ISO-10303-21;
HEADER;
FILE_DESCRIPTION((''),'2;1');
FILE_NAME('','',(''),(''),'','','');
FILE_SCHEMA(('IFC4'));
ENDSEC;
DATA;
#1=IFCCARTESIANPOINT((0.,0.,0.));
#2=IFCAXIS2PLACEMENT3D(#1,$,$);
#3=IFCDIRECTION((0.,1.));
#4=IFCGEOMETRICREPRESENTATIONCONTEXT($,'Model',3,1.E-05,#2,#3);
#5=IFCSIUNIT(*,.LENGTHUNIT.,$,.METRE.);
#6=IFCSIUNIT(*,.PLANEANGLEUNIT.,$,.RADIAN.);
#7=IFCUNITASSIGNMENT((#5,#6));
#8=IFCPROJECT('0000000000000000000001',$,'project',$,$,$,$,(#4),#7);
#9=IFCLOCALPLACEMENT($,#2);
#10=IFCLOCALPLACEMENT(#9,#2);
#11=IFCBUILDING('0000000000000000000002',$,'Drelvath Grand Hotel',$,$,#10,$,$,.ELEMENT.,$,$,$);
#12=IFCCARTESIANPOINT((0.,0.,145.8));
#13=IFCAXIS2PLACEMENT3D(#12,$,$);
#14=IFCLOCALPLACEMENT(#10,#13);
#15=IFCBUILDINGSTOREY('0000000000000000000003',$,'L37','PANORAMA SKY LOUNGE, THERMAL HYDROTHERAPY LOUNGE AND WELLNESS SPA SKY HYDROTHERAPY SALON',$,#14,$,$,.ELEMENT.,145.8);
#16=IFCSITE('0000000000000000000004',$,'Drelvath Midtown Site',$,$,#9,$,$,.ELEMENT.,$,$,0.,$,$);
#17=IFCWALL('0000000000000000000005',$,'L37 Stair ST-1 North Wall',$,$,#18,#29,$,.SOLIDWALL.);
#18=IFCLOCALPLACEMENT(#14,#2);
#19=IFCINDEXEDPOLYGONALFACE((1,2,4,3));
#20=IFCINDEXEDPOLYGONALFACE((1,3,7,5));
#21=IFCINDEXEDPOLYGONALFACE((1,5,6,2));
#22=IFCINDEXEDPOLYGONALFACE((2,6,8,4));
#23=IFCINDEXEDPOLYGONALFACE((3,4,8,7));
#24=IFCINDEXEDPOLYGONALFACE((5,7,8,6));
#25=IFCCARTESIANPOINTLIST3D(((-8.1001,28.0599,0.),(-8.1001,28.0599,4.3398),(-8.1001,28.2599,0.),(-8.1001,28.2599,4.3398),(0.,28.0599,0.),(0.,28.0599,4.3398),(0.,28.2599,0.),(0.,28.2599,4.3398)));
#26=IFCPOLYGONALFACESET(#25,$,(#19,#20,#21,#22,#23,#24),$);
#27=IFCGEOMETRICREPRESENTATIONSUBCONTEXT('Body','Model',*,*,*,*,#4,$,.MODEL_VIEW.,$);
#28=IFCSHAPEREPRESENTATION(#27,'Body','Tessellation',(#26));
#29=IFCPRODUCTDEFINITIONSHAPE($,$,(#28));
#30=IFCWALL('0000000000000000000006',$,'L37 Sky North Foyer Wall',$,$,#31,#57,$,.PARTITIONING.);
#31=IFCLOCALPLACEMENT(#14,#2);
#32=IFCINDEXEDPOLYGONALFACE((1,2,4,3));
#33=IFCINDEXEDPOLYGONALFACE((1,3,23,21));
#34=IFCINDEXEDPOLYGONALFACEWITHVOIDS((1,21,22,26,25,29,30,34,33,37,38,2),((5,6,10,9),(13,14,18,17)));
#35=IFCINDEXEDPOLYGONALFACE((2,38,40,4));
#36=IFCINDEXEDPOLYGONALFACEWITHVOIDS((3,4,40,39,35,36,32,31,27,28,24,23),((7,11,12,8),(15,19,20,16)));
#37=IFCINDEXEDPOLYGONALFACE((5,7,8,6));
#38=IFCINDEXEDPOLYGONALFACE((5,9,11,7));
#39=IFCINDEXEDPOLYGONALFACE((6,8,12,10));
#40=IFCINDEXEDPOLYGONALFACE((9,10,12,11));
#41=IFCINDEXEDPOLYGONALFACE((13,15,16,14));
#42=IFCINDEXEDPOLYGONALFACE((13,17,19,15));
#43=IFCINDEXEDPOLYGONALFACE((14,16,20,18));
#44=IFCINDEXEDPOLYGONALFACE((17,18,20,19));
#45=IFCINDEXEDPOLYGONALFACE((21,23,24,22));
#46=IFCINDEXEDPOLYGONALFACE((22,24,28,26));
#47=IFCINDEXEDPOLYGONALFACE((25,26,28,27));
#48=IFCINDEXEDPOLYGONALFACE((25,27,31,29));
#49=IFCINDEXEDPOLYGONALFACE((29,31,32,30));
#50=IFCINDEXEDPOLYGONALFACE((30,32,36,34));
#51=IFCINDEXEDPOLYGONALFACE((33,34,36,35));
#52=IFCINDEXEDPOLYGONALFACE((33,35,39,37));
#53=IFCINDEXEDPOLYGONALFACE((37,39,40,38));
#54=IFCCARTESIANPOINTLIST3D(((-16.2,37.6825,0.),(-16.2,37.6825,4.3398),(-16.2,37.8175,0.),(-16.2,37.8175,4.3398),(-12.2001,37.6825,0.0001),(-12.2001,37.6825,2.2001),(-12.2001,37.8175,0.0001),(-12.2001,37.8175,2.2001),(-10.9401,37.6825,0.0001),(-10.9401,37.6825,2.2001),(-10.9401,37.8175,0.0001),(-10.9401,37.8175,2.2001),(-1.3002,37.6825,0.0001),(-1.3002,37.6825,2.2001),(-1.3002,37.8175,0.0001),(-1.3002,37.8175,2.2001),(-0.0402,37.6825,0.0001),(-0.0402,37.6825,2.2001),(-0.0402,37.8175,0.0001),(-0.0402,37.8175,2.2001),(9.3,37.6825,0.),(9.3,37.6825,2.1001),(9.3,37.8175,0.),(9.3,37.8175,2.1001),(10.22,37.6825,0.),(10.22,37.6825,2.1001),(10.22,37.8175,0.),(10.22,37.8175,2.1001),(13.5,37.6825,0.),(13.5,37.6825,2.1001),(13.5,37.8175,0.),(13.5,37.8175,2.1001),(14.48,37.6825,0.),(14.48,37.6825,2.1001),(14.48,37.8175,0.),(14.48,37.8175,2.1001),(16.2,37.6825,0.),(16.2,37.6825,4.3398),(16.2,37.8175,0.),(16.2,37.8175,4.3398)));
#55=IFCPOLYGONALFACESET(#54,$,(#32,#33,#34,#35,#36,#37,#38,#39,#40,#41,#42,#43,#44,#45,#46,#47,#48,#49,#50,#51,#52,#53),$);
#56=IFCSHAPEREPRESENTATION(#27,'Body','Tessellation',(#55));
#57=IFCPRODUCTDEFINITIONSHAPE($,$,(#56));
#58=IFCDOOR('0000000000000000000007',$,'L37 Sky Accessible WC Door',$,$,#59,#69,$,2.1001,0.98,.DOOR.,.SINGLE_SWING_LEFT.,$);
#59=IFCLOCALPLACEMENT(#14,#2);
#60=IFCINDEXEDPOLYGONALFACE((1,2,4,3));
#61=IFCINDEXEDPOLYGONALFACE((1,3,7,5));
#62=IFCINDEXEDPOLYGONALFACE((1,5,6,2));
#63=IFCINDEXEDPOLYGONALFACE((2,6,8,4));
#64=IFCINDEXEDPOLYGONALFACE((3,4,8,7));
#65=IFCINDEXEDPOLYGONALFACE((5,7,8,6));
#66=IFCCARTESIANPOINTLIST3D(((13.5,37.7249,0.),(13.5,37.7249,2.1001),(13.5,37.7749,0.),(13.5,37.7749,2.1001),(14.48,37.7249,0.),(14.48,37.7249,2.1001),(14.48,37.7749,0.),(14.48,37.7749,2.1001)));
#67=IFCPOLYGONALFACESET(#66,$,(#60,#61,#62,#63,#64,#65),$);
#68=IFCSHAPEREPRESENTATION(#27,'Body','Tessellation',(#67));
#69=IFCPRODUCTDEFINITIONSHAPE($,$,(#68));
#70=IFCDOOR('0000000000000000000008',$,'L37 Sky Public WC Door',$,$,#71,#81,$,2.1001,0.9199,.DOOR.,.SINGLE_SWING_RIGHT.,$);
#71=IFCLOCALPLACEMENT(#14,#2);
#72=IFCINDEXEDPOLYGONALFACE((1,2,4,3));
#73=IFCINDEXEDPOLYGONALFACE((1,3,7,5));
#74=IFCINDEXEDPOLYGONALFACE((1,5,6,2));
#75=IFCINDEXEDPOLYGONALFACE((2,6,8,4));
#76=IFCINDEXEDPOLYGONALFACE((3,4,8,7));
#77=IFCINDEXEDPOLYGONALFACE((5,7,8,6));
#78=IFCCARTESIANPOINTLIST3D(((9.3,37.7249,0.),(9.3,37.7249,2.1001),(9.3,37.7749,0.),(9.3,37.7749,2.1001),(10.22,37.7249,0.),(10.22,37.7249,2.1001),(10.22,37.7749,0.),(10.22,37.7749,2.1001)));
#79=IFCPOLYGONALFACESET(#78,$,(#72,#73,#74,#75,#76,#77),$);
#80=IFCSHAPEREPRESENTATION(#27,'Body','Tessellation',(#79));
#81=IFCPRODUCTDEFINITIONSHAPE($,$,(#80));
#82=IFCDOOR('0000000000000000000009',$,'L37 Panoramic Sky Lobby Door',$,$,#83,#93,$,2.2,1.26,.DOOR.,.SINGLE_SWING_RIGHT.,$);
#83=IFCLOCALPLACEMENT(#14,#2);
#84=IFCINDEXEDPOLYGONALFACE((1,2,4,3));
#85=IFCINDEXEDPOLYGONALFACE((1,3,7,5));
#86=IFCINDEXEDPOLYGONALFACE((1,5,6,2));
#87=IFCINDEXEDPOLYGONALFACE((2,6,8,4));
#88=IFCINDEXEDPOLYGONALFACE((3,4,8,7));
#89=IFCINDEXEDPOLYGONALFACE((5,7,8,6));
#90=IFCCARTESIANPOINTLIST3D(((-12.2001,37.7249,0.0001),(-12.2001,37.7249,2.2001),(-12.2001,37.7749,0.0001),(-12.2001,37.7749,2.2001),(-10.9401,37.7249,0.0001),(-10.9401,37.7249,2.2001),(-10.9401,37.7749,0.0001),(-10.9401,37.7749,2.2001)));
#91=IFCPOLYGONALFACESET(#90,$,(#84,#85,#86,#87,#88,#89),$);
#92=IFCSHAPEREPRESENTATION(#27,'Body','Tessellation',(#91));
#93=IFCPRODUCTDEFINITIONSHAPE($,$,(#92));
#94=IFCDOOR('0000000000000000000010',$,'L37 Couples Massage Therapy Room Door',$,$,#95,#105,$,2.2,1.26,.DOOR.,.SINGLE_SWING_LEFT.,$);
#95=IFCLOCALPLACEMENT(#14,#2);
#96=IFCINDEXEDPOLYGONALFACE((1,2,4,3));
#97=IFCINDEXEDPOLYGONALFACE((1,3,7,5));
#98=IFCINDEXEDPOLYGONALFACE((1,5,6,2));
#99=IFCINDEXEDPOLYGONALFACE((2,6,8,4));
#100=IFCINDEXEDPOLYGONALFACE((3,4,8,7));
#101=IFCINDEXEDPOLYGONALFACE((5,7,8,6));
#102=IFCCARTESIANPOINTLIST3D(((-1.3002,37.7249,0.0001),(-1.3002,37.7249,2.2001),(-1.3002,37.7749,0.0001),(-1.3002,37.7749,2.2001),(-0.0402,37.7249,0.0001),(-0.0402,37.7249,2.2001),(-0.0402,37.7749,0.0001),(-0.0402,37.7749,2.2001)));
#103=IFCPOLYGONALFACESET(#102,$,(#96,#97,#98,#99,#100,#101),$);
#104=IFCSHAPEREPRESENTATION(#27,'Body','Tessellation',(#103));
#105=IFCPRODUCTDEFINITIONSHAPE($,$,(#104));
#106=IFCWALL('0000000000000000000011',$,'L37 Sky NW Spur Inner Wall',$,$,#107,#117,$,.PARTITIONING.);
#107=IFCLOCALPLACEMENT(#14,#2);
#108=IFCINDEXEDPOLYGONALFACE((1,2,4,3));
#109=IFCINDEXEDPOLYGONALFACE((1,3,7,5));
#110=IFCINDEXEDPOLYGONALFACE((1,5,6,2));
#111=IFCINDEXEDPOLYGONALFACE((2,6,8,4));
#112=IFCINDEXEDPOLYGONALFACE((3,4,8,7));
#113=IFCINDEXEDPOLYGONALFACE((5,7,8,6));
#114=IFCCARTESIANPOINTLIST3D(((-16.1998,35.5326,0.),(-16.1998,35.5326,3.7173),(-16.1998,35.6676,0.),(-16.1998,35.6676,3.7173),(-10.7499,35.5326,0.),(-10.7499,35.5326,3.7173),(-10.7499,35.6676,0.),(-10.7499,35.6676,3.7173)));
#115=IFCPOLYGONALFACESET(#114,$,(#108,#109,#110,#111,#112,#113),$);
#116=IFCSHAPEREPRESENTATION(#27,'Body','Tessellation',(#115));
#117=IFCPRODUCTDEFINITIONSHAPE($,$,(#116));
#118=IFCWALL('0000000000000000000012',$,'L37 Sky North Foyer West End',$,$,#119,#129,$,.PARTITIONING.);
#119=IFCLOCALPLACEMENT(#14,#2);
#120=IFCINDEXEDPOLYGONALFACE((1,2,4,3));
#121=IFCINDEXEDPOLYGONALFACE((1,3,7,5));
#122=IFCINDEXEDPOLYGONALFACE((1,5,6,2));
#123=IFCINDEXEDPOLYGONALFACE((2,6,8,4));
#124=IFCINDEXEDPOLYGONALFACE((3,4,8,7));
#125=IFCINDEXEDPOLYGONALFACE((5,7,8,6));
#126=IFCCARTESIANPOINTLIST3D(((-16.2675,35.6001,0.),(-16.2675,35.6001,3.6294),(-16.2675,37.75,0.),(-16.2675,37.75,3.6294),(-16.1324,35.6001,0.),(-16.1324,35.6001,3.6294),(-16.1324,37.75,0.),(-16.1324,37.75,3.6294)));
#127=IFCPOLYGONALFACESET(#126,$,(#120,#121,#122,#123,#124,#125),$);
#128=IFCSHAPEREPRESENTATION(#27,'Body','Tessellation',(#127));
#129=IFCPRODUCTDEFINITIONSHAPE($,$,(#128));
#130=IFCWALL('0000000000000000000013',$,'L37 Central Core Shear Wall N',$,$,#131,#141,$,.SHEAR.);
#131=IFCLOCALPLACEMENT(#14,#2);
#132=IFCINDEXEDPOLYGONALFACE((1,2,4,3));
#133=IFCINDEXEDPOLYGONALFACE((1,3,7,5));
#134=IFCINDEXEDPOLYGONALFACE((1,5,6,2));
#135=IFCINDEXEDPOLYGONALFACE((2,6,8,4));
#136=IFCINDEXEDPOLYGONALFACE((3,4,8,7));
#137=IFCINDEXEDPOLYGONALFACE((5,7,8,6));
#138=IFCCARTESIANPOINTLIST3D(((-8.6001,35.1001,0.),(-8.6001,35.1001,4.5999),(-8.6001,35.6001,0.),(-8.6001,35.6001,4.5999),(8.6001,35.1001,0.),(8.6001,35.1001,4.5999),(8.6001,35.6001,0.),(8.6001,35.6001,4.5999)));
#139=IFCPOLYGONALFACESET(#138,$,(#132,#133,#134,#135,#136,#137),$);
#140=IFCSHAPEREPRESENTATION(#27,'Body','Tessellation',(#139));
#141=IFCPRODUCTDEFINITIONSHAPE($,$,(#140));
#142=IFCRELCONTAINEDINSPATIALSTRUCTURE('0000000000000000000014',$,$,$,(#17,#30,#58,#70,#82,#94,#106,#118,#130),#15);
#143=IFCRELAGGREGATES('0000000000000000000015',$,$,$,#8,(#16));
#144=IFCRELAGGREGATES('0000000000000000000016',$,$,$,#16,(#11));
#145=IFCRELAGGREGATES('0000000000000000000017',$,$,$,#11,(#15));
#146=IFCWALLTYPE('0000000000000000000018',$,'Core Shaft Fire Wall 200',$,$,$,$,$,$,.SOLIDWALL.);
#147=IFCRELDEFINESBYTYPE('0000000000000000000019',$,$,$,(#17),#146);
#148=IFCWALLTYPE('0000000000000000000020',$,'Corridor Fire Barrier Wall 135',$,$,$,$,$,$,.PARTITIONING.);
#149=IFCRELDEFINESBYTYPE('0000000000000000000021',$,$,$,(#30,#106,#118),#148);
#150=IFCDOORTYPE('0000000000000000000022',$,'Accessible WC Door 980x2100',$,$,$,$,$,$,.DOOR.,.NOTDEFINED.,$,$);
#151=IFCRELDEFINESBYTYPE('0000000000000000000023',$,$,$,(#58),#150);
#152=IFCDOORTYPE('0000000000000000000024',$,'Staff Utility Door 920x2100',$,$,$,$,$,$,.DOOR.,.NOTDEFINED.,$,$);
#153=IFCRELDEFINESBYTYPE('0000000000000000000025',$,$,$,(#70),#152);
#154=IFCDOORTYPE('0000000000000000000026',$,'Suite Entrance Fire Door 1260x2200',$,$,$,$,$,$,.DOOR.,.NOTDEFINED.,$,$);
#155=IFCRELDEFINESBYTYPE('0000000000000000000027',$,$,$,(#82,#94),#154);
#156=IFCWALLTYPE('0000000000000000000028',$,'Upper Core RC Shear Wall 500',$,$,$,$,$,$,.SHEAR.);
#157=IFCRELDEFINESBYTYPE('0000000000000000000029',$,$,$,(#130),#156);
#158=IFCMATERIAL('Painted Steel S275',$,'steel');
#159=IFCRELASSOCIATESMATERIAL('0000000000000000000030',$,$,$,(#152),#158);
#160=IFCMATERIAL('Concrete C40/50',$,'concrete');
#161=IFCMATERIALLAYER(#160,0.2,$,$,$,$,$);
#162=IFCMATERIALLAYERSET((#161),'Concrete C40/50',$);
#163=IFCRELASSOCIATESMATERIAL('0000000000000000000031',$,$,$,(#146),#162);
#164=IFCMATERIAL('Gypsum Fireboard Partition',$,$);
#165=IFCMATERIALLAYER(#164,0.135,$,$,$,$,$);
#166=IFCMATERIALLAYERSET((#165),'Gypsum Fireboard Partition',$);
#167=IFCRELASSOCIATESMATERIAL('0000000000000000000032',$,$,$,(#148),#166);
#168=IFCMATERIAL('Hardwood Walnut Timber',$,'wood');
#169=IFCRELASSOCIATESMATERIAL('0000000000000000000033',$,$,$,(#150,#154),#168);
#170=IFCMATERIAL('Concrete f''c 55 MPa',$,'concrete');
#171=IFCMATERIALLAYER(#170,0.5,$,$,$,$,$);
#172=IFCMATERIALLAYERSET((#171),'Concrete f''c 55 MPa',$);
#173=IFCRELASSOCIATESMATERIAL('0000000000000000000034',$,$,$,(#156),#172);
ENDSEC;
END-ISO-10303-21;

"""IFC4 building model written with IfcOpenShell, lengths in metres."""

from ifc_helpers import new_model, si_unit, direction, frame, frame_2d, origin, place, context, subcontext, project, spatial, rectangle, extrude, material, layer, layer_set, type_object, element, fill, save


model = new_model("IFC4")

# Units and contexts
model_context = context("Model", 3, precision=1e-05, world=origin(), true_north=direction((0.0, 1.0)))
body_context = subcontext(model_context, "Body", "Model", "MODEL_VIEW")
ifc_project = project(units=[si_unit("LENGTHUNIT", "METRE"), si_unit("PLANEANGLEUNIT", "RADIAN")], contexts=[model_context])

# Site, building, storey
site_placement = place(None, origin())
site = spatial("IfcSite", under=ifc_project, at=site_placement, Name="Drelvath Midtown Site", CompositionType="ELEMENT", RefElevation=0.0)
building_placement = place(site_placement, origin())
building = spatial("IfcBuilding", under=site, at=building_placement, Name="Drelvath Grand Hotel", CompositionType="ELEMENT")
storey_placement = place(building_placement, frame((0.0, 0.0, 145.8)))
storey = spatial("IfcBuildingStorey", under=building, at=storey_placement, Name="L37", Description="PANORAMA SKY LOUNGE, THERMAL HYDROTHERAPY LOUNGE AND WELLNESS SPA SKY HYDROTHERAPY SALON", CompositionType="ELEMENT", Elevation=145.8)

# Shared definitions
ifc_material_1 = material(Name="Concrete f'c 55 MPa", Category="concrete")

# Shared definitions
ifc_material_2 = material(Name="Painted Steel S275", Category="steel")
door_type_1 = type_object("IfcDoorType", Name="Staff Utility Door 920x2100", OperationType="NOTDEFINED", PredefinedType="DOOR", material=ifc_material_2)

# Wall
ifc_material_3 = material(Name="Concrete C40/50", Category="concrete")
ifc_layer_1 = layer(ifc_material_3, 0.2)
ifc_layer_set_1 = layer_set([ifc_layer_1], Name="Concrete C40/50")
wall_type_1 = type_object("IfcWallType", Name="Core Shaft Fire Wall 200", PredefinedType="SOLIDWALL", material=ifc_layer_set_1)
wall_1_placement = place(storey_placement, frame((-8.1001, 28.1599, 0.0), z_axis=(0.0, 0.0, 1.0), x_axis=(1.0, 0.0, 0.0)))
element("IfcWall", 1, at=wall_1_placement, inside=storey, type_object=wall_type_1, Name="L37 Stair ST-1 North Wall", PredefinedType="SOLIDWALL", context=body_context, shape_type="SweptSolid", body=[
    extrude(rectangle(XDim=8.1001, YDim=0.2, at=frame_2d((4.05, 0.0))), origin(), (0.0, 0.0, 1.0), 4.3398),
])

# Wall, openings, doors
ifc_material_4 = material(Name="Gypsum Fireboard Partition")
ifc_layer_2 = layer(ifc_material_4, 0.135)
ifc_layer_set_2 = layer_set([ifc_layer_2], Name="Gypsum Fireboard Partition")
wall_type_2 = type_object("IfcWallType", Name="Corridor Fire Barrier Wall 135", PredefinedType="PARTITIONING", material=ifc_layer_set_2)
wall_2_placement = place(storey_placement, frame((-16.2, 37.75, 0.0), z_axis=(0.0, 0.0, 1.0), x_axis=(1.0, 0.0, 0.0)))
wall_2 = element("IfcWall", 2, at=wall_2_placement, inside=storey, type_object=wall_type_2, Name="L37 Sky North Foyer Wall", PredefinedType="PARTITIONING", context=body_context, shape_type="SweptSolid", body=[
    extrude(rectangle(XDim=32.3999, YDim=0.135, at=frame_2d((16.2, 0.0))), origin(), (0.0, 0.0, 1.0), 4.3398),
])
opening_1_placement = place(wall_2_placement, frame((4.0, 0.0, 0.0)))
opening_1 = element("IfcOpeningElement", 3, at=opening_1_placement, cuts=wall_2, PredefinedType="OPENING", context=body_context, shape_type="SweptSolid", body=[
    extrude(rectangle(XDim=1.26, YDim=2.2, at=frame_2d((0.6299, 1.1001))), frame((0.0, 0.0774, 0.0), z_axis=(0.0, -1.0, 0.0), x_axis=(1.0, 0.0, 0.0)), (0.0, 0.0, 1.0), 0.155),
])
opening_2_placement = place(wall_2_placement, frame((14.8999, 0.0, 0.0)))
opening_2 = element("IfcOpeningElement", 4, at=opening_2_placement, cuts=wall_2, PredefinedType="OPENING", context=body_context, shape_type="SweptSolid", body=[
    extrude(rectangle(XDim=1.26, YDim=2.2, at=frame_2d((0.6299, 1.1001))), frame((0.0, 0.0774, 0.0), z_axis=(0.0, -1.0, 0.0), x_axis=(1.0, 0.0, 0.0)), (0.0, 0.0, 1.0), 0.155),
])
opening_3_placement = place(wall_2_placement, frame((25.5, 0.0, 0.0)))
opening_3 = element("IfcOpeningElement", 5, at=opening_3_placement, cuts=wall_2, PredefinedType="OPENING", context=body_context, shape_type="SweptSolid", body=[
    extrude(rectangle(XDim=0.9199, YDim=2.1001, at=frame_2d((0.46, 1.05))), frame((0.0, 0.0774, 0.0), z_axis=(0.0, -1.0, 0.0), x_axis=(1.0, 0.0, 0.0)), (0.0, 0.0, 1.0), 0.155),
])
opening_4_placement = place(wall_2_placement, frame((29.7, 0.0, 0.0)))
opening_4 = element("IfcOpeningElement", 6, at=opening_4_placement, cuts=wall_2, PredefinedType="OPENING", context=body_context, shape_type="SweptSolid", body=[
    extrude(rectangle(XDim=0.98, YDim=2.1001, at=frame_2d((0.49, 1.05))), frame((0.0, 0.0774, 0.0), z_axis=(0.0, -1.0, 0.0), x_axis=(1.0, 0.0, 0.0)), (0.0, 0.0, 1.0), 0.155),
])
ifc_material_5 = material(Name="Hardwood Walnut Timber", Category="wood")
door_type_2 = type_object("IfcDoorType", Name="Accessible WC Door 980x2100", OperationType="NOTDEFINED", PredefinedType="DOOR", material=ifc_material_5)
door_1_placement = place(opening_4_placement, origin())
door_1 = element("IfcDoor", 7, at=door_1_placement, inside=storey, type_object=door_type_2, Name="L37 Sky Accessible WC Door", OperationType="SINGLE_SWING_LEFT", OverallHeight=2.1001, OverallWidth=0.98, PredefinedType="DOOR", context=body_context, shape_type="SweptSolid", body=[
    extrude(rectangle(XDim=0.98, YDim=2.1001, at=frame_2d((0.49, 1.05))), frame((0.0, 0.0249, 0.0), z_axis=(0.0, -1.0, 0.0), x_axis=(1.0, 0.0, 0.0)), (0.0, 0.0, 1.0), 0.05),
])
fill(opening_4, door_1)
door_2_placement = place(opening_3_placement, origin())
door_2 = element("IfcDoor", 8, at=door_2_placement, inside=storey, type_object=door_type_1, Name="L37 Sky Public WC Door", OperationType="SINGLE_SWING_RIGHT", OverallHeight=2.1001, OverallWidth=0.9199, PredefinedType="DOOR", context=body_context, shape_type="SweptSolid", body=[
    extrude(rectangle(XDim=0.9199, YDim=2.1001, at=frame_2d((0.46, 1.05))), frame((0.0, 0.0249, 0.0), z_axis=(0.0, -1.0, 0.0), x_axis=(1.0, 0.0, 0.0)), (0.0, 0.0, 1.0), 0.05),
])
fill(opening_3, door_2)
door_type_3 = type_object("IfcDoorType", Name="Suite Entrance Fire Door 1260x2200", OperationType="NOTDEFINED", PredefinedType="DOOR", material=ifc_material_5)
door_3_placement = place(opening_1_placement, origin())
door_3 = element("IfcDoor", 9, at=door_3_placement, inside=storey, type_object=door_type_3, Name="L37 Panoramic Sky Lobby Door", OperationType="SINGLE_SWING_RIGHT", OverallHeight=2.2, OverallWidth=1.26, PredefinedType="DOOR", context=body_context, shape_type="SweptSolid", body=[
    extrude(rectangle(XDim=1.26, YDim=2.2, at=frame_2d((0.6299, 1.1001))), frame((0.0, 0.0249, 0.0), z_axis=(0.0, -1.0, 0.0), x_axis=(1.0, 0.0, 0.0)), (0.0, 0.0, 1.0), 0.05),
])
fill(opening_1, door_3)
door_4_placement = place(opening_2_placement, origin())
door_4 = element("IfcDoor", 10, at=door_4_placement, inside=storey, type_object=door_type_3, Name="L37 Couples Massage Therapy Room Door", OperationType="SINGLE_SWING_LEFT", OverallHeight=2.2, OverallWidth=1.26, PredefinedType="DOOR", context=body_context, shape_type="SweptSolid", body=[
    extrude(rectangle(XDim=1.26, YDim=2.2, at=frame_2d((0.6299, 1.1001))), frame((0.0, 0.0249, 0.0), z_axis=(0.0, -1.0, 0.0), x_axis=(1.0, 0.0, 0.0)), (0.0, 0.0, 1.0), 0.05),
])
fill(opening_2, door_4)

# Walls
wall_3_placement = place(storey_placement, frame((-16.2, 35.6001, 0.0), z_axis=(0.0, 0.0, 1.0), x_axis=(1.0, 0.0, 0.0)))
element("IfcWall", 11, at=wall_3_placement, inside=storey, type_object=wall_type_2, Name="L37 Sky NW Spur Inner Wall", PredefinedType="PARTITIONING", context=body_context, shape_type="SweptSolid", body=[
    extrude(rectangle(XDim=5.45, YDim=0.135, at=frame_2d((2.7251, 0.0))), origin(), (0.0, 0.0, 1.0), 3.7173),
])
wall_4_placement = place(storey_placement, frame((-16.2, 35.6001, 0.0), z_axis=(0.0, 0.0, 1.0), x_axis=(0.0, 1.0, 0.0)))
element("IfcWall", 12, at=wall_4_placement, inside=storey, type_object=wall_type_2, Name="L37 Sky North Foyer West End", PredefinedType="PARTITIONING", context=body_context, shape_type="SweptSolid", body=[
    extrude(rectangle(XDim=2.1499, YDim=0.135, at=frame_2d((1.075, 0.0))), origin(), (0.0, 0.0, 1.0), 3.6294),
])
ifc_layer_3 = layer(ifc_material_1, 0.5)
ifc_layer_set_3 = layer_set([ifc_layer_3], Name="Concrete f'c 55 MPa")
wall_type_3 = type_object("IfcWallType", Name="Upper Core RC Shear Wall 500", PredefinedType="SHEAR", material=ifc_layer_set_3)
wall_5_placement = place(storey_placement, frame((-8.6001, 35.3501, 0.0), z_axis=(0.0, 0.0, 1.0), x_axis=(1.0, 0.0, 0.0)))
element("IfcWall", 13, at=wall_5_placement, inside=storey, type_object=wall_type_3, Name="L37 Central Core Shear Wall N", PredefinedType="SHEAR", context=body_context, shape_type="SweptSolid", body=[
    extrude(rectangle(XDim=17.2002, YDim=0.5, at=frame_2d((8.6001, 0.0))), origin(), (0.0, 0.0, 1.0), 4.5999),
])

save(model, "model.ifc")
